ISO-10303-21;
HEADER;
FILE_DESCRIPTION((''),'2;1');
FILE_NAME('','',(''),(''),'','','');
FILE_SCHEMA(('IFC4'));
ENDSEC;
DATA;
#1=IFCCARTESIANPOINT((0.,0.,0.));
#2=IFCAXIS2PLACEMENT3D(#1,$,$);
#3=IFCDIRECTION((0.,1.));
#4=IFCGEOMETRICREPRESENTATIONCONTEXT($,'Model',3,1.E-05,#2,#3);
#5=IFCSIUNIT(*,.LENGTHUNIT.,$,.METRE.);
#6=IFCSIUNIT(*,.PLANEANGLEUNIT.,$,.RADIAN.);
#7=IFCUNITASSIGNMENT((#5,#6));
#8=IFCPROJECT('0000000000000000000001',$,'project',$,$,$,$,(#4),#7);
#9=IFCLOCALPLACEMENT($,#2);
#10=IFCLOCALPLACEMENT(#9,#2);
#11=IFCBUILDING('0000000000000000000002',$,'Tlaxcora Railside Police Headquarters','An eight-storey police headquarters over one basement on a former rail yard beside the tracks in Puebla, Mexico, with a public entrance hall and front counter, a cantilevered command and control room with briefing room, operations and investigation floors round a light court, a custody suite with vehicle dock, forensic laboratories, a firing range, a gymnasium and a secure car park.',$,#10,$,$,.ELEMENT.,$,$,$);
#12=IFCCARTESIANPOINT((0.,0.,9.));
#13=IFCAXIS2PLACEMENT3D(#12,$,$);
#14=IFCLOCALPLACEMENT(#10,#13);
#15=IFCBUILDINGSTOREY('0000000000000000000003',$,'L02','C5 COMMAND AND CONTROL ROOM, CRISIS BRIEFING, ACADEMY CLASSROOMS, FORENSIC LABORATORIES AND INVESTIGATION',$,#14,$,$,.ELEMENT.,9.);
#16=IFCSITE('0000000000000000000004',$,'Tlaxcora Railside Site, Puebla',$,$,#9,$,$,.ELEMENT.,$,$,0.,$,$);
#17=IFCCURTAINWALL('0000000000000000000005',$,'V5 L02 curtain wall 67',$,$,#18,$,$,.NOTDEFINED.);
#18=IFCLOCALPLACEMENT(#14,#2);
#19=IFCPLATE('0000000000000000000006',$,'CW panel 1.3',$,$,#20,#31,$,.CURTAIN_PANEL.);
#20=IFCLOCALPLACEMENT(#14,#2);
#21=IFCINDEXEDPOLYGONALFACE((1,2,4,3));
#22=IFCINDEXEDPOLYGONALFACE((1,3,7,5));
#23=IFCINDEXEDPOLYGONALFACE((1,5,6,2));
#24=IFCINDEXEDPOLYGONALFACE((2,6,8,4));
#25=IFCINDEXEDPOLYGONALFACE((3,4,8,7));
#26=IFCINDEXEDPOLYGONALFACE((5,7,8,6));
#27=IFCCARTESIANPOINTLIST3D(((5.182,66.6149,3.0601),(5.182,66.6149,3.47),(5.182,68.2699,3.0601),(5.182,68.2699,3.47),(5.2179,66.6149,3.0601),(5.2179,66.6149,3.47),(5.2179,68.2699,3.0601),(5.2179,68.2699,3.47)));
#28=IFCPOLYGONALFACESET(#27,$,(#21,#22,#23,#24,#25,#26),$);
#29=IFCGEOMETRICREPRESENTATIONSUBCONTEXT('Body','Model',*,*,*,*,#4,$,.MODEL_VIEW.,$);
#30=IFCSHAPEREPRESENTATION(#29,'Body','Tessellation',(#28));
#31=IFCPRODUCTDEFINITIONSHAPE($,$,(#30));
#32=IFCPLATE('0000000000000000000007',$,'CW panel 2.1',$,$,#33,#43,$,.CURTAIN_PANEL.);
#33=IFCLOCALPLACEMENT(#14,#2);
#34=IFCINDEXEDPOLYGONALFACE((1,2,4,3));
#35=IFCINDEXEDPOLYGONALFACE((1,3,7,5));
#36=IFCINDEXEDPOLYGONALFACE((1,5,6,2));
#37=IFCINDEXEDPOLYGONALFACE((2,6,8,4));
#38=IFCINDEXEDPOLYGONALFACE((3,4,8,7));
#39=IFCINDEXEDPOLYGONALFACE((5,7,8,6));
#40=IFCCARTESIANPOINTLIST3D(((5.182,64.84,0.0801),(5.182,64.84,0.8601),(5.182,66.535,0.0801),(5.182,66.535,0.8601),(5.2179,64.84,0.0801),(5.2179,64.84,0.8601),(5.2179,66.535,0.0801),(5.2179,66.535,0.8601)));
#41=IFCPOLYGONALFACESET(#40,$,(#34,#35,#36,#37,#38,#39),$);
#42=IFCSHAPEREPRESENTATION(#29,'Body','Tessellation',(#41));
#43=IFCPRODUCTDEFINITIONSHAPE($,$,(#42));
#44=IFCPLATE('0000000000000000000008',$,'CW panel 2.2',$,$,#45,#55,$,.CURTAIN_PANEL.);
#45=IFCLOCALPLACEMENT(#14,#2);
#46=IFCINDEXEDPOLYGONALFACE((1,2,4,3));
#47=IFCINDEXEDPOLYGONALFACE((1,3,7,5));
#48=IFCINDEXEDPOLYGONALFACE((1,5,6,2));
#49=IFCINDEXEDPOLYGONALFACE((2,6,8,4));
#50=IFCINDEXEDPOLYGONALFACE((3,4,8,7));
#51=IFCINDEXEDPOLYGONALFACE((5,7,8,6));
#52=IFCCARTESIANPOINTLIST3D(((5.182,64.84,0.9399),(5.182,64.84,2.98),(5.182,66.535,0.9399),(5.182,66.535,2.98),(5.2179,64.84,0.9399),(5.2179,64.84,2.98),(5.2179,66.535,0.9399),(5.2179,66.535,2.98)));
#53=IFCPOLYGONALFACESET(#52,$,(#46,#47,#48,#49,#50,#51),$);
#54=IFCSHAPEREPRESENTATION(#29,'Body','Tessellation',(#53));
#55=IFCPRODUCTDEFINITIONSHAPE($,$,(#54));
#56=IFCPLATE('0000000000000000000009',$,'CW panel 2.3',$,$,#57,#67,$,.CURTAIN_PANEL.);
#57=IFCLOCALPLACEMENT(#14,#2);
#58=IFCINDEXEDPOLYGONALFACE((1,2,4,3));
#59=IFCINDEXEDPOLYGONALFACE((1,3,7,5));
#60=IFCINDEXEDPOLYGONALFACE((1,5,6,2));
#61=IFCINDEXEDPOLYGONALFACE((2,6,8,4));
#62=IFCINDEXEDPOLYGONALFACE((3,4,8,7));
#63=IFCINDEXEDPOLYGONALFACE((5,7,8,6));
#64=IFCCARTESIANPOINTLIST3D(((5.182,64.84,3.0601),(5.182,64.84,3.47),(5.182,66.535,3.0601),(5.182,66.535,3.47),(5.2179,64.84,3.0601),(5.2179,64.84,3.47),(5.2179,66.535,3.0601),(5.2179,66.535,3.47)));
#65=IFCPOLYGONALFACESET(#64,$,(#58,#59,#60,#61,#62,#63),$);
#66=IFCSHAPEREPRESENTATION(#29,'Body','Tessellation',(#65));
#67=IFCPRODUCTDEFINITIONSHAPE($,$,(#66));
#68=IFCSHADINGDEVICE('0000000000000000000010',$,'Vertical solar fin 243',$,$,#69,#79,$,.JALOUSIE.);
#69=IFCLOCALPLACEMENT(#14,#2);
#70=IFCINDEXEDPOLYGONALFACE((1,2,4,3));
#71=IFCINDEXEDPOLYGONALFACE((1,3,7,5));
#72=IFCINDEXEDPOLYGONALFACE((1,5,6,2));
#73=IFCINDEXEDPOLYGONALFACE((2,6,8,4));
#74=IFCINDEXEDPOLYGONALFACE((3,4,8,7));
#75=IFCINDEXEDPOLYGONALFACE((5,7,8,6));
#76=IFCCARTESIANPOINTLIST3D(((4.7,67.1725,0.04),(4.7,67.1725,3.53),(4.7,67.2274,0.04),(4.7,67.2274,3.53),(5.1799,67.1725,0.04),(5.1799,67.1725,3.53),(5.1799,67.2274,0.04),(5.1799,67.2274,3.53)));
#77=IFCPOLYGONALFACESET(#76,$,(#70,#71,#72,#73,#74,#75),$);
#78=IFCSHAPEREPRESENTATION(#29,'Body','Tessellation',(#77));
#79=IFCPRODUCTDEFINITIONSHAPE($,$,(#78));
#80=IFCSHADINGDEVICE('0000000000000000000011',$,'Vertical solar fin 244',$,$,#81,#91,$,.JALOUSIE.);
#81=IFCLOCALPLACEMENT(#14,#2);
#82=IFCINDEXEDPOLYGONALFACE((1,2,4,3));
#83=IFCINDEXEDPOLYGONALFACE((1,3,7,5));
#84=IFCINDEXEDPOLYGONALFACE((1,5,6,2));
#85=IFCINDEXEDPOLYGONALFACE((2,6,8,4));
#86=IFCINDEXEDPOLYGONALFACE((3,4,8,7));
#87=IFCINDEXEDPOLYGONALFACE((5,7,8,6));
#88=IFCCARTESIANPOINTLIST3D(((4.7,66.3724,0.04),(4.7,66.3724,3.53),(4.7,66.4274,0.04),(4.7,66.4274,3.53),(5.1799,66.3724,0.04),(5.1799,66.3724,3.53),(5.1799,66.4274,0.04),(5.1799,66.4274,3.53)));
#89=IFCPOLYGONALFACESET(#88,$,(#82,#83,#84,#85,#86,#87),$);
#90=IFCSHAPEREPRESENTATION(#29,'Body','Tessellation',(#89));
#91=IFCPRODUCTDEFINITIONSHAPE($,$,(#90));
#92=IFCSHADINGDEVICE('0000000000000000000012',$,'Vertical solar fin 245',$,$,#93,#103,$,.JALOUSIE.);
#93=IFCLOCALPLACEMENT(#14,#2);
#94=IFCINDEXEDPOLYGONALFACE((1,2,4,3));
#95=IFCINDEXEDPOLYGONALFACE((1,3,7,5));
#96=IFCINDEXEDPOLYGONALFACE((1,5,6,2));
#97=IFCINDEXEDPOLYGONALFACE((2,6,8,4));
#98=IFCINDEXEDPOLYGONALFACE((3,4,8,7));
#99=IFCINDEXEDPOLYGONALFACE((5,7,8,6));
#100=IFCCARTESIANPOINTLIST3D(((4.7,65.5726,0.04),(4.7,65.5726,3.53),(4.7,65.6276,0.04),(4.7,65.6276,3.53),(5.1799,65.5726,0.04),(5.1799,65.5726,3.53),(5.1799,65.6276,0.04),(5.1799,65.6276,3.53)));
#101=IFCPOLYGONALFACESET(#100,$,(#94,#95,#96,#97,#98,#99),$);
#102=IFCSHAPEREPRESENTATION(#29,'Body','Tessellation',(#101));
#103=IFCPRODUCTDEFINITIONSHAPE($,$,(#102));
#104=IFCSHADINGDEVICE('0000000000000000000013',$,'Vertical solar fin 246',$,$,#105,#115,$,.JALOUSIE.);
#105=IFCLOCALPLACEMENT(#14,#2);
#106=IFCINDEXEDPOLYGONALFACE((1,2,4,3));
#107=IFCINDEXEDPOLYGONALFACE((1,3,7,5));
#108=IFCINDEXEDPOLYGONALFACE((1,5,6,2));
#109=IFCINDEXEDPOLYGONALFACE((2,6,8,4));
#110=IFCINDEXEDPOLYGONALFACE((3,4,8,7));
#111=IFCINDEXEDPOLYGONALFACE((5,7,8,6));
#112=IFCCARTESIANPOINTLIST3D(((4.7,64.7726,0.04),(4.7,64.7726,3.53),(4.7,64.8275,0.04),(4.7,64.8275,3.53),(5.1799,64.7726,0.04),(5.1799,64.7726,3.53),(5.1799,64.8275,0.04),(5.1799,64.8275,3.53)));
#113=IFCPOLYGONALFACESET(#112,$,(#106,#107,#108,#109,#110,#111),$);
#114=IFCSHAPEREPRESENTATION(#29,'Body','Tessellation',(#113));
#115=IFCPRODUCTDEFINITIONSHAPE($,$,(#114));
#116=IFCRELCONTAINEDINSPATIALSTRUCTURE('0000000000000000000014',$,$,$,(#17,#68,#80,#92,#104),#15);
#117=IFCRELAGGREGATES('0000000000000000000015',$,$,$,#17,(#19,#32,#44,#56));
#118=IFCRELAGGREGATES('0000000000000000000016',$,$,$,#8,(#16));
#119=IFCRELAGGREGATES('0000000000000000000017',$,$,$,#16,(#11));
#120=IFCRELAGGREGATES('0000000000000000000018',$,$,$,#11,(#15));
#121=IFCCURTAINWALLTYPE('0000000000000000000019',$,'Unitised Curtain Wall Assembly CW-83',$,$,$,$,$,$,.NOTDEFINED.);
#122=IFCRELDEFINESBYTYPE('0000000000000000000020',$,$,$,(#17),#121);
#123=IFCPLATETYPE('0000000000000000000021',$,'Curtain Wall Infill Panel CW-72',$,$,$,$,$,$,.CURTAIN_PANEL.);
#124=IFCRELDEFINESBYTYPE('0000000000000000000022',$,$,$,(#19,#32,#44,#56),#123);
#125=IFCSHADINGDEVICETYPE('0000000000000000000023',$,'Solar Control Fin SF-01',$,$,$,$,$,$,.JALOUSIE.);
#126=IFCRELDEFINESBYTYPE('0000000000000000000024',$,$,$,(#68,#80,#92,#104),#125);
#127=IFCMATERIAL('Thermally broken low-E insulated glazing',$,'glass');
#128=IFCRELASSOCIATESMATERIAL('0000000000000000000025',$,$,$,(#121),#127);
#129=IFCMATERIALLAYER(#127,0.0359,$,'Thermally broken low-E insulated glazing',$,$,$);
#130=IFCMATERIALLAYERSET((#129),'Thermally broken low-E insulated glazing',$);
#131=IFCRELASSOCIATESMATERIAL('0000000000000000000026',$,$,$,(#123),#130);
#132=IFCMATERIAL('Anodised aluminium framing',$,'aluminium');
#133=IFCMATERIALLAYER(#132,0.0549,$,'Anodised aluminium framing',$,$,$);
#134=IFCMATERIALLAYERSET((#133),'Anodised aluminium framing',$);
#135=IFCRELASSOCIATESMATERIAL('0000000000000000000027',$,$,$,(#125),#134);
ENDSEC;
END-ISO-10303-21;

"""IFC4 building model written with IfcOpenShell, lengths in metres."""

from ifc_helpers import new_model, si_unit, direction, frame, origin, origin_2d, place, context, subcontext, project, spatial, rectangle, extrude, material, layer, layer_set, type_object, element, aggregate, save


model = new_model("IFC4")

# Units and contexts
model_context = context("Model", 3, precision=1e-05, world=origin(), true_north=direction((0.0, 1.0)))
body_context = subcontext(model_context, "Body", "Model", "MODEL_VIEW")
ifc_project = project(units=[si_unit("LENGTHUNIT", "METRE"), si_unit("PLANEANGLEUNIT", "RADIAN")], contexts=[model_context])

# Site, building, storey
site_placement = place(None, origin())
site = spatial("IfcSite", under=ifc_project, at=site_placement, Name="Tlaxcora Railside Site, Puebla", CompositionType="ELEMENT", RefElevation=0.0)
building_placement = place(site_placement, origin())
building = spatial("IfcBuilding", under=site, at=building_placement, Name="Tlaxcora Railside Police Headquarters", Description="An eight-storey police headquarters over one basement on a former rail yard beside the tracks in Puebla, Mexico, with a public entrance hall and front counter, a cantilevered command and control room with briefing room, operations and investigation floors round a light court, a custody suite with vehicle dock, forensic laboratories, a firing range, a gymnasium and a secure car park.", CompositionType="ELEMENT")
storey_placement = place(building_placement, frame((0.0, 0.0, 9.0)))
storey = spatial("IfcBuildingStorey", under=building, at=storey_placement, Name="L02", Description="C5 COMMAND AND CONTROL ROOM, CRISIS BRIEFING, ACADEMY CLASSROOMS, FORENSIC LABORATORIES AND INVESTIGATION", CompositionType="ELEMENT", Elevation=9.0)

# Curtain wall, plates
ifc_material_1 = material(Name="Thermally broken low-E insulated glazing", Category="glass")
curtain_wall_type = type_object("IfcCurtainWallType", Name="Unitised Curtain Wall Assembly CW-83", PredefinedType="NOTDEFINED", material=ifc_material_1)
curtain_wall_placement = place(storey_placement, origin())
curtain_wall = element("IfcCurtainWall", 1, at=curtain_wall_placement, inside=storey, type_object=curtain_wall_type, Name="V5 L02 curtain wall 67", PredefinedType="NOTDEFINED")
ifc_material_2 = material(Name="Anodised aluminium framing", Category="aluminium")
ifc_layer_1 = layer(ifc_material_1, 0.0359, Name="Thermally broken low-E insulated glazing")
ifc_layer_set_1 = layer_set([ifc_layer_1], Name="Thermally broken low-E insulated glazing")
plate_type = type_object("IfcPlateType", Name="Curtain Wall Infill Panel CW-72", PredefinedType="CURTAIN_PANEL", material=ifc_layer_set_1)
plate_1_placement = place(storey_placement, frame((5.2, 67.4424, 3.0601), z_axis=(0.0, 0.0, 1.0), x_axis=(0.0, -1.0, 0.0)))
plate_1 = element("IfcPlate", 2, at=plate_1_placement, type_object=plate_type, Name="CW panel 1.3", PredefinedType="CURTAIN_PANEL", context=body_context, shape_type="SweptSolid", body=[
    extrude(rectangle(XDim=1.655, YDim=0.0359, at=origin_2d()), origin(), (0.0, 0.0, 1.0), 0.4099),
])
plate_2_placement = place(storey_placement, frame((5.2, 65.6875, 0.0801), z_axis=(0.0, 0.0, 1.0), x_axis=(0.0, -1.0, 0.0)))
plate_2 = element("IfcPlate", 3, at=plate_2_placement, type_object=plate_type, Name="CW panel 2.1", PredefinedType="CURTAIN_PANEL", context=body_context, shape_type="SweptSolid", body=[
    extrude(rectangle(XDim=1.6951, YDim=0.0359, at=origin_2d()), origin(), (0.0, 0.0, 1.0), 0.78),
])
plate_3_placement = place(storey_placement, frame((5.2, 65.6875, 0.9399), z_axis=(0.0, 0.0, 1.0), x_axis=(0.0, -1.0, 0.0)))
plate_3 = element("IfcPlate", 4, at=plate_3_placement, type_object=plate_type, Name="CW panel 2.2", PredefinedType="CURTAIN_PANEL", context=body_context, shape_type="SweptSolid", body=[
    extrude(rectangle(XDim=1.6951, YDim=0.0359, at=origin_2d()), origin(), (0.0, 0.0, 1.0), 2.04),
])
plate_4_placement = place(storey_placement, frame((5.2, 65.6875, 3.0601), z_axis=(0.0, 0.0, 1.0), x_axis=(0.0, -1.0, 0.0)))
plate_4 = element("IfcPlate", 5, at=plate_4_placement, type_object=plate_type, Name="CW panel 2.3", PredefinedType="CURTAIN_PANEL", context=body_context, shape_type="SweptSolid", body=[
    extrude(rectangle(XDim=1.6951, YDim=0.0359, at=origin_2d()), origin(), (0.0, 0.0, 1.0), 0.4099),
])
aggregate(curtain_wall, [plate_1, plate_2, plate_3, plate_4])

# Shading devices
ifc_layer_2 = layer(ifc_material_2, 0.0549, Name="Anodised aluminium framing")
ifc_layer_set_2 = layer_set([ifc_layer_2], Name="Anodised aluminium framing")
shading_device_type = type_object("IfcShadingDeviceType", Name="Solar Control Fin SF-01", PredefinedType="JALOUSIE", material=ifc_layer_set_2)
for number, where, z_axis, x_axis, name in (
    (6, (4.9399, 67.2, 0.04), (0.0, 0.0, 1.0), (-1.0, 0.0, 0.0), "Vertical solar fin 243"),
    (7, (4.9399, 66.3999, 0.04), (0.0, 0.0, 1.0), (-1.0, 0.0, 0.0), "Vertical solar fin 244"),
    (8, (4.9399, 65.6001, 0.04), (0.0, 0.0, 1.0), (-1.0, 0.0, 0.0), "Vertical solar fin 245"),
    (9, (4.9399, 64.8, 0.04), (0.0, 0.0, 1.0), (-1.0, 0.0, 0.0), "Vertical solar fin 246"),
):
    element("IfcShadingDevice", number, at=place(storey_placement, frame(where, z_axis=z_axis, x_axis=x_axis)), inside=storey, type_object=shading_device_type, Name=name, PredefinedType="JALOUSIE", context=body_context, shape_type="SweptSolid", body=[
        extrude(rectangle(XDim=0.48, YDim=0.0549, at=origin_2d()), origin(), (0.0, 0.0, 1.0), 3.49),
    ])

save(model, "model.ifc")
